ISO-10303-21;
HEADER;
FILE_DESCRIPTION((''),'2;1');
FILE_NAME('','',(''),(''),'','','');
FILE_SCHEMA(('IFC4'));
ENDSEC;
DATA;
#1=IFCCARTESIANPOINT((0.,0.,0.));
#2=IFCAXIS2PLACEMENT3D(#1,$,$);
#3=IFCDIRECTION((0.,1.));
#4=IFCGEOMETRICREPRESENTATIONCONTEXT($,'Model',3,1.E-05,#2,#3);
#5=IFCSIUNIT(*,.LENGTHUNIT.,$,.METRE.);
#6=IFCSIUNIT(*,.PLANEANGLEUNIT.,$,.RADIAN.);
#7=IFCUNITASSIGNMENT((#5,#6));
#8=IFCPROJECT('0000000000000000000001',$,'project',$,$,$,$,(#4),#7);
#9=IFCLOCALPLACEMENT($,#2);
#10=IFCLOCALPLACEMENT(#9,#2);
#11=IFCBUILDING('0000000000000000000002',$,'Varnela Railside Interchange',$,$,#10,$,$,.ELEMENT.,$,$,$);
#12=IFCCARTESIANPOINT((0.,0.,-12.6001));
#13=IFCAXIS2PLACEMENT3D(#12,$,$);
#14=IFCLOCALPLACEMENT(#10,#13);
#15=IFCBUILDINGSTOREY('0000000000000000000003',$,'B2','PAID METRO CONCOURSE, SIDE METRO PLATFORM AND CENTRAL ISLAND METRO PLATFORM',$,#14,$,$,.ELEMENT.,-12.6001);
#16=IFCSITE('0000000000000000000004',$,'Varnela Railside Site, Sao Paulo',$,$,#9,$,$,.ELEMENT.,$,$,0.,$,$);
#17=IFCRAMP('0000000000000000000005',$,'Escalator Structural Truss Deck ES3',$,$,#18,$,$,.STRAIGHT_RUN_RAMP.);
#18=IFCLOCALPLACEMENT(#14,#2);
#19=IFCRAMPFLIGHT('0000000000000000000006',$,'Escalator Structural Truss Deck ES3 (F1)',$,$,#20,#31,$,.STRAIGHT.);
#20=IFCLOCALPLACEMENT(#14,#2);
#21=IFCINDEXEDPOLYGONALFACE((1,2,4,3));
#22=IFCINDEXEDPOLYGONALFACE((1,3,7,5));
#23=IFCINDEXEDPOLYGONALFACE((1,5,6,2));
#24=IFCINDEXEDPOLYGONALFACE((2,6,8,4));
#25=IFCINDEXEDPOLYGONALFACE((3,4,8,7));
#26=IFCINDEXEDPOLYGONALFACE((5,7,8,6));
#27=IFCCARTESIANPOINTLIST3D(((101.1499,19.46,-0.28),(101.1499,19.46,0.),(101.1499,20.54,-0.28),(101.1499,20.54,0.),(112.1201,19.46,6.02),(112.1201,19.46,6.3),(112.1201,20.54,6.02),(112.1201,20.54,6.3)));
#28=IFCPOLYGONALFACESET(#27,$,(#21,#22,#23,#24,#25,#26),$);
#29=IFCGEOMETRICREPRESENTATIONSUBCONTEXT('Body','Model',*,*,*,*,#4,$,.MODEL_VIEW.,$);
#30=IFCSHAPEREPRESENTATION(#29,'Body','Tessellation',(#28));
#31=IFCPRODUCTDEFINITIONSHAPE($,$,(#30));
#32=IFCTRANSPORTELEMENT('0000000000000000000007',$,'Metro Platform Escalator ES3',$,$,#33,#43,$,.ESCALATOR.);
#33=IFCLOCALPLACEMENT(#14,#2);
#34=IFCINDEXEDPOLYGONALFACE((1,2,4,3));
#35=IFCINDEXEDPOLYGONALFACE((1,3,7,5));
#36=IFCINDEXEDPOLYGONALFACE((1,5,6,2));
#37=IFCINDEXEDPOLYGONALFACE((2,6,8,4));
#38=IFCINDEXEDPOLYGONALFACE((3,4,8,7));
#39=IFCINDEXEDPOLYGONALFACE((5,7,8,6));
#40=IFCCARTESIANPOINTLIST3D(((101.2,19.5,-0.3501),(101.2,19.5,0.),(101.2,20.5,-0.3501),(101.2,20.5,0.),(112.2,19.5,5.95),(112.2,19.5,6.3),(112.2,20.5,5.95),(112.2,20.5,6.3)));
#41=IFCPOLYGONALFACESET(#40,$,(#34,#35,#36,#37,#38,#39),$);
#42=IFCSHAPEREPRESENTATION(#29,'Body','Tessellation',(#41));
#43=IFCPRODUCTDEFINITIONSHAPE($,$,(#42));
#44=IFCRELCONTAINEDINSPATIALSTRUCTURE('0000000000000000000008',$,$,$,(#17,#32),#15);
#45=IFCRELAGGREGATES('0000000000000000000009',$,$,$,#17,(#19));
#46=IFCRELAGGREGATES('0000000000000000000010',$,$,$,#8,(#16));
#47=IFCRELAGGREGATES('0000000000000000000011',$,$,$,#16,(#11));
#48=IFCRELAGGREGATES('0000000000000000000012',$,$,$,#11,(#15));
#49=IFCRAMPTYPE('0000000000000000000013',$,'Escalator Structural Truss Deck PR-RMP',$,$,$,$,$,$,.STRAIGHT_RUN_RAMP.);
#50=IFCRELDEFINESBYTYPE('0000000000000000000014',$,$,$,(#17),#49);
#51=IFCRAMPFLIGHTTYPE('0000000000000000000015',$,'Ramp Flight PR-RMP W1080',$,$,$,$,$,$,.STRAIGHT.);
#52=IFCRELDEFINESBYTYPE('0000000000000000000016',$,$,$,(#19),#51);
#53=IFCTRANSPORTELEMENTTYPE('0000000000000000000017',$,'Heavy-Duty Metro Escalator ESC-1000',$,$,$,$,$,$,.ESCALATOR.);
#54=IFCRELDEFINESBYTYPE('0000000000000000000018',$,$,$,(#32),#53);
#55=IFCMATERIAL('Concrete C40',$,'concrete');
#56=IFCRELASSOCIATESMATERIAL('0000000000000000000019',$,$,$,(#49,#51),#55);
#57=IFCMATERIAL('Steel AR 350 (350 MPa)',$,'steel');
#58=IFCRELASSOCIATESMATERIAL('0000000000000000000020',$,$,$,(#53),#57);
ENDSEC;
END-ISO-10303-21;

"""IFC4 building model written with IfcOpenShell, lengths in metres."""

from ifc_helpers import new_model, si_unit, direction, frame, origin, place, context, subcontext, project, spatial, polyline, outline, extrude, material, type_object, element, aggregate, save


model = new_model("IFC4")

# Units and contexts
model_context = context("Model", 3, precision=1e-05, world=origin(), true_north=direction((0.0, 1.0)))
body_context = subcontext(model_context, "Body", "Model", "MODEL_VIEW")
ifc_project = project(units=[si_unit("LENGTHUNIT", "METRE"), si_unit("PLANEANGLEUNIT", "RADIAN")], contexts=[model_context])

# Site, building, storey
site_placement = place(None, origin())
site = spatial("IfcSite", under=ifc_project, at=site_placement, Name="Varnela Railside Site, Sao Paulo", CompositionType="ELEMENT", RefElevation=0.0)
building_placement = place(site_placement, origin())
building = spatial("IfcBuilding", under=site, at=building_placement, Name="Varnela Railside Interchange", CompositionType="ELEMENT")
storey_placement = place(building_placement, frame((0.0, 0.0, -12.6001)))
storey = spatial("IfcBuildingStorey", under=building, at=storey_placement, Name="B2", Description="PAID METRO CONCOURSE, SIDE METRO PLATFORM AND CENTRAL ISLAND METRO PLATFORM", CompositionType="ELEMENT", Elevation=-12.6001)

# Shared definitions
ifc_material_1 = material(Name="Concrete C40", Category="concrete")

# Shared definitions
ifc_material_2 = material(Name="Steel AR 350 (350 MPa)", Category="steel")

# Ramp, ramp flight
ramp_type = type_object("IfcRampType", Name="Escalator Structural Truss Deck PR-RMP", PredefinedType="STRAIGHT_RUN_RAMP", material=ifc_material_1)
ramp_placement = place(storey_placement, origin())
ramp = element("IfcRamp", 1, at=ramp_placement, inside=storey, type_object=ramp_type, Name="Escalator Structural Truss Deck ES3", PredefinedType="STRAIGHT_RUN_RAMP")
ramp_flight_type = type_object("IfcRampFlightType", Name="Ramp Flight PR-RMP W1080", PredefinedType="STRAIGHT", material=ifc_material_1)
ramp_flight_placement = place(storey_placement, frame((101.1499, 20.0, 0.0), z_axis=(0.0, 0.0, 1.0), x_axis=(1.0, 0.0, 0.0)))
ramp_flight = element("IfcRampFlight", 2, at=ramp_flight_placement, type_object=ramp_flight_type, Name="Escalator Structural Truss Deck ES3 (F1)", PredefinedType="STRAIGHT", context=body_context, shape_type="SweptSolid", body=[
    extrude(outline(polyline([(0.0, -0.28), (10.9702, 6.02), (10.9702, 6.3), (0.0, 0.0), (0.0, -0.28)])), frame((0.0, 0.54, 0.0), z_axis=(0.0, -1.0, 0.0), x_axis=(1.0, 0.0, 0.0)), (0.0, 0.0, 1.0), 1.0801),
])
aggregate(ramp, [ramp_flight])

# Transport element
transport_element_type = type_object("IfcTransportElementType", Name="Heavy-Duty Metro Escalator ESC-1000", PredefinedType="ESCALATOR", material=ifc_material_2)
transport_element_placement = place(storey_placement, frame((101.2, 20.0, 0.0), z_axis=(0.0, 0.0, 1.0), x_axis=(1.0, 0.0, 0.0)))
element("IfcTransportElement", 3, at=transport_element_placement, inside=storey, type_object=transport_element_type, Name="Metro Platform Escalator ES3", PredefinedType="ESCALATOR", context=body_context, shape_type="SweptSolid", body=[
    extrude(outline(polyline([(0.0, -0.3501), (11.0, 5.95), (11.0, 6.3), (0.0, 0.0), (0.0, -0.3501)])), frame((0.0, 0.5, 0.0), z_axis=(0.0, -1.0, 0.0), x_axis=(1.0, 0.0, 0.0)), (0.0, 0.0, 1.0), 1.0),
])

save(model, "model.ifc")
